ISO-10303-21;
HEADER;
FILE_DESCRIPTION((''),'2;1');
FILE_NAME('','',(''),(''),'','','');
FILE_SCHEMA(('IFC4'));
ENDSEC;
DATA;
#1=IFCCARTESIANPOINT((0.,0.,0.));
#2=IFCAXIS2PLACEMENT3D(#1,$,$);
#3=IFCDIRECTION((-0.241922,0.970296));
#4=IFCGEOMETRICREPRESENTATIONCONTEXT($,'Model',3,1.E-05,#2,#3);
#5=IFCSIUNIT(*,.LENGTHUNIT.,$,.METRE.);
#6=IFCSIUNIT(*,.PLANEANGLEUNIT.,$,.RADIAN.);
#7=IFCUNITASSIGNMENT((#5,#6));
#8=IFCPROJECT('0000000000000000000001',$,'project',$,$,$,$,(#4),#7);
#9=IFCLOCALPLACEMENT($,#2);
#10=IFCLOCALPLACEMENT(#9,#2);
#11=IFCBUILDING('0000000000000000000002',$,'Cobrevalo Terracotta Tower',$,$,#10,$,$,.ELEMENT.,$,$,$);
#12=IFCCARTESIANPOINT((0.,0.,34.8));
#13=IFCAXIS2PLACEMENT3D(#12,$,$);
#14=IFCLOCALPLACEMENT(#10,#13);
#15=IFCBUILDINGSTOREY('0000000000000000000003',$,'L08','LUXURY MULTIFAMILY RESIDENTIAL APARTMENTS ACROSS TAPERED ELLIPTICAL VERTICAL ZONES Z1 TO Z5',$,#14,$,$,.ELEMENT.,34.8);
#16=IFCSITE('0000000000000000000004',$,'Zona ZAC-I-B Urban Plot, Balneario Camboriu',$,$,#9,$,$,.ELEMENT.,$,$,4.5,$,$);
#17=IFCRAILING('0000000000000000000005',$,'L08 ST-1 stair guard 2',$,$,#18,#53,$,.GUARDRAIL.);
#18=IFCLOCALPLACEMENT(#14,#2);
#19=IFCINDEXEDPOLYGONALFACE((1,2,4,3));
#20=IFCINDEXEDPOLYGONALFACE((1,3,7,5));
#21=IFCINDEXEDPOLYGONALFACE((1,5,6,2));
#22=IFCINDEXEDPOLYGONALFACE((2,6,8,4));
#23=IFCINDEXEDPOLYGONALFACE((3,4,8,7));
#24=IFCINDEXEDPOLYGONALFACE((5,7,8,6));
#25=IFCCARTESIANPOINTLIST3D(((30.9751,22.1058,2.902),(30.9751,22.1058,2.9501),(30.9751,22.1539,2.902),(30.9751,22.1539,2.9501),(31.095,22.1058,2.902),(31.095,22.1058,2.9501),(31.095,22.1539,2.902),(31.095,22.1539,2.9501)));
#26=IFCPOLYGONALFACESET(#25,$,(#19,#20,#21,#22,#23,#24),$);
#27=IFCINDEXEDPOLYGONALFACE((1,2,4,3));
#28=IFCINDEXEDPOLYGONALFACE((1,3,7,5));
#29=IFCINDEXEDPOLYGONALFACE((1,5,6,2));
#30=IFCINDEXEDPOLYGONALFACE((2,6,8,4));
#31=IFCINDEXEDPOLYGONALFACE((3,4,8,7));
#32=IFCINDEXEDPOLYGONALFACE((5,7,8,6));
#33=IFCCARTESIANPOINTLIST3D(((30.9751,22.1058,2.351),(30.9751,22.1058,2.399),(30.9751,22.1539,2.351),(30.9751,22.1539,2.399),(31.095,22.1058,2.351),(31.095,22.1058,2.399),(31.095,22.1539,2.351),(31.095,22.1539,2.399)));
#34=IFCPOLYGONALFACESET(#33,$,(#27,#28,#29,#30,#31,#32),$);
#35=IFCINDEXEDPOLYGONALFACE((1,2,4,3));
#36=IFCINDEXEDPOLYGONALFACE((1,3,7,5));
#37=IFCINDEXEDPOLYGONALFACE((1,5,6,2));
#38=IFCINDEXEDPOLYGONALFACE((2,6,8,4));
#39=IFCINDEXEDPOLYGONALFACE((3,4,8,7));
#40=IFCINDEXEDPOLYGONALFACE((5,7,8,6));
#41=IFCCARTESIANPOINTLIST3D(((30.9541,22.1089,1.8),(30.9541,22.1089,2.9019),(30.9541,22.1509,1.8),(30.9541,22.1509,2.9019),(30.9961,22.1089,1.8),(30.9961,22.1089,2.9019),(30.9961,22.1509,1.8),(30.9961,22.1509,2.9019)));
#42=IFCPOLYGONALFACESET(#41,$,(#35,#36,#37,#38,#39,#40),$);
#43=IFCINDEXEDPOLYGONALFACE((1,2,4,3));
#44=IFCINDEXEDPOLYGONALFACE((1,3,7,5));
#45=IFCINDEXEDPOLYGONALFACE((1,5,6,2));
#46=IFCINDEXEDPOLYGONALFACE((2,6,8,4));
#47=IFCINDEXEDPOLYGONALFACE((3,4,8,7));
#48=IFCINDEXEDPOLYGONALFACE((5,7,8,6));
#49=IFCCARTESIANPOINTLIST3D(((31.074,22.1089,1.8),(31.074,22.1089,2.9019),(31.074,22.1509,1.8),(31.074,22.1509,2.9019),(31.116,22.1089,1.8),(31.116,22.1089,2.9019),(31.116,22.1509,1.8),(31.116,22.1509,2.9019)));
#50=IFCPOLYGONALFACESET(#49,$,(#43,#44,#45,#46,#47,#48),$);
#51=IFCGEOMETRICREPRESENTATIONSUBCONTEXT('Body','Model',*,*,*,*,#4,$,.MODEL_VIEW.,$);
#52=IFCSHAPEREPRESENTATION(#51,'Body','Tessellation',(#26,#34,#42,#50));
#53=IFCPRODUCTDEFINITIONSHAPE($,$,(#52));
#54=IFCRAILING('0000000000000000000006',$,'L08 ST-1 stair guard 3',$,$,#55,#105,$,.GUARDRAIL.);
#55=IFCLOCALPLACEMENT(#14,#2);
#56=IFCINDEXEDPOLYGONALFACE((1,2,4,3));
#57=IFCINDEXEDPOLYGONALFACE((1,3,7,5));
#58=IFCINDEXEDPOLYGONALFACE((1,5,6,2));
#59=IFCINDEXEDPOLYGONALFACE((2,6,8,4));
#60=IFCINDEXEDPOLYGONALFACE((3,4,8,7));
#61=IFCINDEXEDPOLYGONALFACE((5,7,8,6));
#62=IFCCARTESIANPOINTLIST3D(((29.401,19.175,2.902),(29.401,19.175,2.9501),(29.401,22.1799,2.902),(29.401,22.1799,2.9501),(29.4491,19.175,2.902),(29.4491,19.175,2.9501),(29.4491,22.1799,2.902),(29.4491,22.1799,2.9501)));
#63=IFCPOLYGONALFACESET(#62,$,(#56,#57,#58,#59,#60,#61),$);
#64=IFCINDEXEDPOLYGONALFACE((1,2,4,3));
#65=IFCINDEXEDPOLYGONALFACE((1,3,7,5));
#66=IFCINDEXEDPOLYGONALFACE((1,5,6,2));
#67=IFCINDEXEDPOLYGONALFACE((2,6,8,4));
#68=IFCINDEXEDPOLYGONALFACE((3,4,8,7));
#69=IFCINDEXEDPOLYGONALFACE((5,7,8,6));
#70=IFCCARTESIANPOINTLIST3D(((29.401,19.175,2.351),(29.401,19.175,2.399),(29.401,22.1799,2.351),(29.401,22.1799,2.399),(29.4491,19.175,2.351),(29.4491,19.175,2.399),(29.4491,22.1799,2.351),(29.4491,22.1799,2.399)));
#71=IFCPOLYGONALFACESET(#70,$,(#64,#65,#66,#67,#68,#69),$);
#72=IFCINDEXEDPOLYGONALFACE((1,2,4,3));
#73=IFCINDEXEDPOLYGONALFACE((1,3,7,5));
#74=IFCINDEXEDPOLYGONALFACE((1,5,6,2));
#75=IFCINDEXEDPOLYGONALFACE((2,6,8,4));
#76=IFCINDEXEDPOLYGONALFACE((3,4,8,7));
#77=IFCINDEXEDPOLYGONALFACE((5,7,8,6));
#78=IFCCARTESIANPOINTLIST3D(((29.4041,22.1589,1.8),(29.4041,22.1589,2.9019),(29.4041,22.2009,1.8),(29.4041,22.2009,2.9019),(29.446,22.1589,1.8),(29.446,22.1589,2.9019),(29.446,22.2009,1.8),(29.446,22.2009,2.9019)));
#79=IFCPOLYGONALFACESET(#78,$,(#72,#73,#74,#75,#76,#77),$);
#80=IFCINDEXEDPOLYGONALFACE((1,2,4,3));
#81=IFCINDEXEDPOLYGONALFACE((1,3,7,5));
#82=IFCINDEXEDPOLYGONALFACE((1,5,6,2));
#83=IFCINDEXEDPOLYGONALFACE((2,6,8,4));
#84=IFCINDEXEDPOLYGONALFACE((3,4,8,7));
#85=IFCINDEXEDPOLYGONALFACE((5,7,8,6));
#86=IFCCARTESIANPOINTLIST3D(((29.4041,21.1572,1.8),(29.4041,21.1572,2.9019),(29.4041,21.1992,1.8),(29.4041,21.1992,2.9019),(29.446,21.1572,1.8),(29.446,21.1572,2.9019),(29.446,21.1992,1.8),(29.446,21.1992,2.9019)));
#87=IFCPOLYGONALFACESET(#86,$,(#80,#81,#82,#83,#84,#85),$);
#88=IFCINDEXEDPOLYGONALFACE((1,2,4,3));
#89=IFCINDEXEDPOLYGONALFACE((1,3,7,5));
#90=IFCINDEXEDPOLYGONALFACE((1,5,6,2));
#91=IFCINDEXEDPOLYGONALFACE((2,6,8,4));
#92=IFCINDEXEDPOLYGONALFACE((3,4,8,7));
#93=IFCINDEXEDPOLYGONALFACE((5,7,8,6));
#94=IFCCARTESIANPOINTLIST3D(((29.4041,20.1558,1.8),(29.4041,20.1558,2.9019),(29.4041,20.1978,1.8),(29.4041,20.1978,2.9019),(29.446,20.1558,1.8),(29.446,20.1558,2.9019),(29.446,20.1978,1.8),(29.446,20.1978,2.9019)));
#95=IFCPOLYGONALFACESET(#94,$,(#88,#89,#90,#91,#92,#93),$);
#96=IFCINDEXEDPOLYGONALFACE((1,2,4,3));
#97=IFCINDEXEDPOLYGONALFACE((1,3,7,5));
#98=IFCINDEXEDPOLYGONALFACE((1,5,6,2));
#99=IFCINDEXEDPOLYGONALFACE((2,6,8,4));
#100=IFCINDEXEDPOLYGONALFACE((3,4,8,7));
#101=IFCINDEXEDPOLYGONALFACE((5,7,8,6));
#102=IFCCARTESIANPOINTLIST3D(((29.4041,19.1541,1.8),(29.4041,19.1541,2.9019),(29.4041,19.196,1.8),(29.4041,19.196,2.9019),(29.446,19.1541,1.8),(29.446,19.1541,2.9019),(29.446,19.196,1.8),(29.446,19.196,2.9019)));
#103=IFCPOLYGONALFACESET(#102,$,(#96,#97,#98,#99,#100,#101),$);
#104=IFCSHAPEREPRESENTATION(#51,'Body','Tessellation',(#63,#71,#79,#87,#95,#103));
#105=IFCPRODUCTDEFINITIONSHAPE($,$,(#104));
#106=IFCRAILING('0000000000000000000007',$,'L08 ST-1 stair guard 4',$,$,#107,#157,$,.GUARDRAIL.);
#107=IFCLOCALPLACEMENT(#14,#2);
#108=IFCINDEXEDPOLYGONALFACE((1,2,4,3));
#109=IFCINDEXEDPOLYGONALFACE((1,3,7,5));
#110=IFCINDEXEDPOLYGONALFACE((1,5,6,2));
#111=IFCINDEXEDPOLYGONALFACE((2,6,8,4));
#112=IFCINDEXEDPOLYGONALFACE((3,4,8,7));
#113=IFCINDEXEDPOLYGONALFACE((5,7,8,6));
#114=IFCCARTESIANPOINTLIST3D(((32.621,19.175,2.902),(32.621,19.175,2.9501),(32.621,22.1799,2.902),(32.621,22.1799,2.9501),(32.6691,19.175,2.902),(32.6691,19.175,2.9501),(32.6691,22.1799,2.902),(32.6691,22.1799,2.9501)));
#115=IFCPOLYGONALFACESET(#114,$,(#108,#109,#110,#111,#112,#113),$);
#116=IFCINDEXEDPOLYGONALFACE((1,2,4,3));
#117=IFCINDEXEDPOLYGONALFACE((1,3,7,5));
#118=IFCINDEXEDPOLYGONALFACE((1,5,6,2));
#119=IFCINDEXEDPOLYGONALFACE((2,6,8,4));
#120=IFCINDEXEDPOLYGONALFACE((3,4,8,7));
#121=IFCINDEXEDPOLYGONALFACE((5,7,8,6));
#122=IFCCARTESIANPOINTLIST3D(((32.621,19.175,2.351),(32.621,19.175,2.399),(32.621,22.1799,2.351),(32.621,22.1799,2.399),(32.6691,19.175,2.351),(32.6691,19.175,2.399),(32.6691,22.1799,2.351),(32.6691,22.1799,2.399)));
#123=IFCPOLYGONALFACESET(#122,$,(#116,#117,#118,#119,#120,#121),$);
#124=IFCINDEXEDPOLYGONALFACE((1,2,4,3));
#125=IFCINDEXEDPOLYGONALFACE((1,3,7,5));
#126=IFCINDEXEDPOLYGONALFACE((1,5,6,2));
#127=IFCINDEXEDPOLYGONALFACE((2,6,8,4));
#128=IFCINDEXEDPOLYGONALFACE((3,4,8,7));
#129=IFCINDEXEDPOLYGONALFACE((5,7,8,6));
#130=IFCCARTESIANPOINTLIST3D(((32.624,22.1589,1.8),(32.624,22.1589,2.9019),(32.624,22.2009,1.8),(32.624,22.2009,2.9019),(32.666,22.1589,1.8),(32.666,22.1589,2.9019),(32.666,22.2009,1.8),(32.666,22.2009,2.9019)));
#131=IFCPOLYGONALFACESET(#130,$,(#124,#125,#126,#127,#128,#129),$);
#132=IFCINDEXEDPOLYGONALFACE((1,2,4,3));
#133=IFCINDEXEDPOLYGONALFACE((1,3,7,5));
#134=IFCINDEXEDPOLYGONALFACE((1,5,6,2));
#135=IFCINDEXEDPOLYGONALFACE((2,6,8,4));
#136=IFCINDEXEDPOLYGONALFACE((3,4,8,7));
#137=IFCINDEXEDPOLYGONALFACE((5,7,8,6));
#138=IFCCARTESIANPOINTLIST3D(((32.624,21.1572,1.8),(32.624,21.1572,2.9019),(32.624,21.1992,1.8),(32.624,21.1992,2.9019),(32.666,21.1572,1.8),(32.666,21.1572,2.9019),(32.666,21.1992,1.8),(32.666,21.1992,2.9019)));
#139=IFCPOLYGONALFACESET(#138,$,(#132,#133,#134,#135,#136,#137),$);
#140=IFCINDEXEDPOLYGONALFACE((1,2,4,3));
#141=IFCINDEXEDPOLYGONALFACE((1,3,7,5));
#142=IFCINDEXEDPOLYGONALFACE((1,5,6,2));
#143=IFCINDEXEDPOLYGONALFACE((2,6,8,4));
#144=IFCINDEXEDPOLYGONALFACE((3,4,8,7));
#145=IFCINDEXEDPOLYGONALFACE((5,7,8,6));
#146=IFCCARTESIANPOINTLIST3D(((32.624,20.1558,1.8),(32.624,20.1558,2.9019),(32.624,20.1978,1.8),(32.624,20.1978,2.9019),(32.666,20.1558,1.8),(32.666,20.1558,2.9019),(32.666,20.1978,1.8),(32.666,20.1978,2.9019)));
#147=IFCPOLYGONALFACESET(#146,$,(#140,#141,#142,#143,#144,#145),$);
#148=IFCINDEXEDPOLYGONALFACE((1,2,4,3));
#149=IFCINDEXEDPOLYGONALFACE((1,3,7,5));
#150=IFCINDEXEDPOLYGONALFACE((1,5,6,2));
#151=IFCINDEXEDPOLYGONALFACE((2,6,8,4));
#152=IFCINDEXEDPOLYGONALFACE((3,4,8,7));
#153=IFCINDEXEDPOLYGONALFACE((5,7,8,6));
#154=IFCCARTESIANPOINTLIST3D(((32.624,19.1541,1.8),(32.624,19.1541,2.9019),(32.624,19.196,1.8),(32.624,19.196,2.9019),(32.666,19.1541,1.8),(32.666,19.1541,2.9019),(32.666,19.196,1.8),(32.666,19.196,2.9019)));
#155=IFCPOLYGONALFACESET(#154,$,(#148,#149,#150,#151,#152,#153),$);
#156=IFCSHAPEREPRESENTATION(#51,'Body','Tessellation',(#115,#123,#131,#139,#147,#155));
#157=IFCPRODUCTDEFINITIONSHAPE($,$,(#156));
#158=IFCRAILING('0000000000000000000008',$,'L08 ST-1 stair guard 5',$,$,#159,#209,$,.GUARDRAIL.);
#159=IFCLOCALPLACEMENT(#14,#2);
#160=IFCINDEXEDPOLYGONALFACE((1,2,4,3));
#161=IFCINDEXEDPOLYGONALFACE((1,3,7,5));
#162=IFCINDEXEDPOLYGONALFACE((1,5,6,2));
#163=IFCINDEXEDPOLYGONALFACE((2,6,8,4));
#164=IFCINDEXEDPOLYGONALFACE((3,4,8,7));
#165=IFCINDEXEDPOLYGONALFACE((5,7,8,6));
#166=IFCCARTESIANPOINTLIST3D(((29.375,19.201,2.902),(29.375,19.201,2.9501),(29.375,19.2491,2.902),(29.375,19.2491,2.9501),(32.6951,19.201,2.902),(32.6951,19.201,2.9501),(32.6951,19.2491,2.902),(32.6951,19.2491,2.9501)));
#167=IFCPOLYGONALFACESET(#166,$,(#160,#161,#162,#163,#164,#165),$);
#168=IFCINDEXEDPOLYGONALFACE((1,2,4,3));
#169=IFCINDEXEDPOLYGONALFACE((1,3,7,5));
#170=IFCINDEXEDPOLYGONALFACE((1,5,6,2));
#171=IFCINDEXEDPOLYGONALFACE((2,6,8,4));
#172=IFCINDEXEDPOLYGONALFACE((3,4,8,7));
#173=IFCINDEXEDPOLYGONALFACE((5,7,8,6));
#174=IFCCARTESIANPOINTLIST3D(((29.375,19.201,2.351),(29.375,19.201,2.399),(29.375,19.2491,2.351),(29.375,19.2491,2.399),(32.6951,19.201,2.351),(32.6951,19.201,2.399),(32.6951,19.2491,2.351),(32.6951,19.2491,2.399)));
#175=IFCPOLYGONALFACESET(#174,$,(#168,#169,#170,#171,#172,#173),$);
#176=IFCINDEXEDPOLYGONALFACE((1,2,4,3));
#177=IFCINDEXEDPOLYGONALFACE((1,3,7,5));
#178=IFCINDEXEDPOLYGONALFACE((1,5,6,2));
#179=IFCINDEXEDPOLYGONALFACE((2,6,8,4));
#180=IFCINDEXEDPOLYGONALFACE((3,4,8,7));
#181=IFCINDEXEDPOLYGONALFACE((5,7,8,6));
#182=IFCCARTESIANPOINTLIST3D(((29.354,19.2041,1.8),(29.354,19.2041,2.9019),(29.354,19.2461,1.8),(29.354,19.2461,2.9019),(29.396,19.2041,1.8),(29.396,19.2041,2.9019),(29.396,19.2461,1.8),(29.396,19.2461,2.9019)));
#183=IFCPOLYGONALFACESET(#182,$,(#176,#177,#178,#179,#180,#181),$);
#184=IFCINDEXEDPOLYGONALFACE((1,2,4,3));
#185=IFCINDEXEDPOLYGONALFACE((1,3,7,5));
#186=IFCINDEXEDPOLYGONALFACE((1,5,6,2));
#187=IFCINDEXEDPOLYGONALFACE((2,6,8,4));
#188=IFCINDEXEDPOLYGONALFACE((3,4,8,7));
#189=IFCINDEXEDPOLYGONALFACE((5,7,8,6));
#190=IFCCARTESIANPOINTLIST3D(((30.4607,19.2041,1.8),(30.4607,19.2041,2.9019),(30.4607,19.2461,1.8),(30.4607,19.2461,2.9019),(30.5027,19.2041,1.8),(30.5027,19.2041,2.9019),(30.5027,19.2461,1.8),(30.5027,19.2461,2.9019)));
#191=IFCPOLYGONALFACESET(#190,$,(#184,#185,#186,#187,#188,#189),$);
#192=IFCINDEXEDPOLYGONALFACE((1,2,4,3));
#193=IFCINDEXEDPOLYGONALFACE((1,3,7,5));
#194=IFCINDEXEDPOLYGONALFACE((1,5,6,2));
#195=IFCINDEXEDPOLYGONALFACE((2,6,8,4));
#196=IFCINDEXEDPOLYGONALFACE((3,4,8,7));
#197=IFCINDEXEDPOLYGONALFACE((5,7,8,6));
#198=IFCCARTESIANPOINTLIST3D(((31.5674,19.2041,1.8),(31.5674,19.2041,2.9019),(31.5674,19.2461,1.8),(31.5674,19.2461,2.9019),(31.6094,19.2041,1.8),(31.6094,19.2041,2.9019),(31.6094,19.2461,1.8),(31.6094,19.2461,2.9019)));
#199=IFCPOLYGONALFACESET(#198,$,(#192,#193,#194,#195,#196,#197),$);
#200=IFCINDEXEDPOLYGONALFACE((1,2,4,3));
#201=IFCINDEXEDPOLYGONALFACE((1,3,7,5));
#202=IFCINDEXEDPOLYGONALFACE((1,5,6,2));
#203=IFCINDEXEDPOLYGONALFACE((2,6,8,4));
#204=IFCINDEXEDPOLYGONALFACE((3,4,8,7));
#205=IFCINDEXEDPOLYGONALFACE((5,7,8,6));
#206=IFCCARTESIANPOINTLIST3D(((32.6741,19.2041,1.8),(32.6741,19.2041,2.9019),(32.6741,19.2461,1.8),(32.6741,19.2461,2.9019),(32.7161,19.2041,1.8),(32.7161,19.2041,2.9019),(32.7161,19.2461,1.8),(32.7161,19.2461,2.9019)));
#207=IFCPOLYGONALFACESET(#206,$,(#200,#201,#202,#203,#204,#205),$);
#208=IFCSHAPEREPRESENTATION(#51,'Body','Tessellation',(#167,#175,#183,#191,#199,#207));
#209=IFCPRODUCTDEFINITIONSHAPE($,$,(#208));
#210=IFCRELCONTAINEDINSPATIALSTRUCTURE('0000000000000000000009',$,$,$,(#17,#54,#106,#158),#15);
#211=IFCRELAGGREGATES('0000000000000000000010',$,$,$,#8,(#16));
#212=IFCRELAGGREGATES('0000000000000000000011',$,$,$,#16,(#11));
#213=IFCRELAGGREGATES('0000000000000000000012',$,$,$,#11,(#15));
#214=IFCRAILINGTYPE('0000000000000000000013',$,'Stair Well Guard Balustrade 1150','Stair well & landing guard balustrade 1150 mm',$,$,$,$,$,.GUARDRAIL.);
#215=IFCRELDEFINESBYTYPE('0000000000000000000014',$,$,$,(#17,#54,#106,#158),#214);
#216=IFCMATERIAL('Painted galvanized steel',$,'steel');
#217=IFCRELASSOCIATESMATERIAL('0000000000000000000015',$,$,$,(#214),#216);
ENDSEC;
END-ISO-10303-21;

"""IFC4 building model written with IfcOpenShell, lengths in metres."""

from ifc_helpers import new_model, si_unit, direction, frame, origin, origin_2d, place, context, subcontext, project, spatial, rectangle, extrude, material, type_object, element, save


model = new_model("IFC4")

# Units and contexts
model_context = context("Model", 3, precision=1e-05, world=origin(), true_north=direction((-0.241922, 0.970296)))
body_context = subcontext(model_context, "Body", "Model", "MODEL_VIEW")
ifc_project = project(units=[si_unit("LENGTHUNIT", "METRE"), si_unit("PLANEANGLEUNIT", "RADIAN")], contexts=[model_context])

# Site, building, storey
site_placement = place(None, origin())
site = spatial("IfcSite", under=ifc_project, at=site_placement, Name="Zona ZAC-I-B Urban Plot, Balneario Camboriu", CompositionType="ELEMENT", RefElevation=4.5)
building_placement = place(site_placement, origin())
building = spatial("IfcBuilding", under=site, at=building_placement, Name="Cobrevalo Terracotta Tower", CompositionType="ELEMENT")
storey_placement = place(building_placement, frame((0.0, 0.0, 34.8)))
storey = spatial("IfcBuildingStorey", under=building, at=storey_placement, Name="L08", Description="LUXURY MULTIFAMILY RESIDENTIAL APARTMENTS ACROSS TAPERED ELLIPTICAL VERTICAL ZONES Z1 TO Z5", CompositionType="ELEMENT", Elevation=34.8)

# Railings
ifc_material_1 = material(Name="Painted galvanized steel", Category="steel")
railing_type_1 = type_object("IfcRailingType", Name="Stair Well Guard Balustrade 1150", Description="Stair well & landing guard balustrade 1150 mm", PredefinedType="GUARDRAIL", material=ifc_material_1)
railing_1_placement = place(storey_placement, frame((30.9751, 22.1299, 1.8)))
element("IfcRailing", 1, at=railing_1_placement, inside=storey, type_object=railing_type_1, Name="L08 ST-1 stair guard 2", PredefinedType="GUARDRAIL", context=body_context, shape_type="SweptSolid", body=[
    extrude(rectangle(XDim=0.0481, YDim=0.0481, at=origin_2d()), frame((0.0, 0.0, 1.126), z_axis=(1.0, 0.0, 0.0), x_axis=(0.0, 1.0, 0.0)), (0.0, 0.0, 1.0), 0.1199),
    extrude(rectangle(XDim=0.0481, YDim=0.0481, at=origin_2d()), frame((0.0, 0.0, 0.575), z_axis=(1.0, 0.0, 0.0), x_axis=(0.0, 1.0, 0.0)), (0.0, 0.0, 1.0), 0.1199),
    extrude(rectangle(XDim=0.042, YDim=0.042, at=origin_2d()), origin(), (0.0, 0.0, 1.0), 1.1018),
    extrude(rectangle(XDim=0.042, YDim=0.042, at=origin_2d()), frame((0.1199, 0.0, 0.0)), (0.0, 0.0, 1.0), 1.1018),
])
for number, where, name in (
    (2, (29.425, 22.1799, 1.8), "L08 ST-1 stair guard 3"),
    (3, (32.645, 22.1799, 1.8), "L08 ST-1 stair guard 4"),
):
    element("IfcRailing", number, at=place(storey_placement, frame(where)), inside=storey, type_object=railing_type_1, Name=name, PredefinedType="GUARDRAIL", context=body_context, shape_type="SweptSolid", body=[
        extrude(rectangle(XDim=0.0481, YDim=0.0481, at=origin_2d()), frame((0.0, 0.0, 1.126), z_axis=(0.0, -1.0, 0.0), x_axis=(1.0, 0.0, 0.0)), (0.0, 0.0, 1.0), 3.0049),
        extrude(rectangle(XDim=0.0481, YDim=0.0481, at=origin_2d()), frame((0.0, 0.0, 0.575), z_axis=(0.0, -1.0, 0.0), x_axis=(1.0, 0.0, 0.0)), (0.0, 0.0, 1.0), 3.0049),
        extrude(rectangle(XDim=0.042, YDim=0.042, at=origin_2d()), origin(), (0.0, 0.0, 1.0), 1.1018),
        extrude(rectangle(XDim=0.042, YDim=0.042, at=origin_2d()), frame((0.0, -1.0017, 0.0)), (0.0, 0.0, 1.0), 1.1018),
        extrude(rectangle(XDim=0.042, YDim=0.042, at=origin_2d()), frame((0.0, -2.0032, 0.0)), (0.0, 0.0, 1.0), 1.1018),
        extrude(rectangle(XDim=0.042, YDim=0.042, at=origin_2d()), frame((0.0, -3.0049, 0.0)), (0.0, 0.0, 1.0), 1.1018),
    ])
railing_2_placement = place(storey_placement, frame((29.375, 19.2251, 1.8)))
element("IfcRailing", 4, at=railing_2_placement, inside=storey, type_object=railing_type_1, Name="L08 ST-1 stair guard 5", PredefinedType="GUARDRAIL", context=body_context, shape_type="SweptSolid", body=[
    extrude(rectangle(XDim=0.0481, YDim=0.0481, at=origin_2d()), frame((0.0, 0.0, 1.126), z_axis=(1.0, 0.0, 0.0), x_axis=(0.0, 1.0, 0.0)), (0.0, 0.0, 1.0), 3.3201),
    extrude(rectangle(XDim=0.0481, YDim=0.0481, at=origin_2d()), frame((0.0, 0.0, 0.575), z_axis=(1.0, 0.0, 0.0), x_axis=(0.0, 1.0, 0.0)), (0.0, 0.0, 1.0), 3.3201),
    extrude(rectangle(XDim=0.042, YDim=0.042, at=origin_2d()), origin(), (0.0, 0.0, 1.0), 1.1018),
    extrude(rectangle(XDim=0.042, YDim=0.042, at=origin_2d()), frame((1.1067, 0.0, 0.0)), (0.0, 0.0, 1.0), 1.1018),
    extrude(rectangle(XDim=0.042, YDim=0.042, at=origin_2d()), frame((2.2134, 0.0, 0.0)), (0.0, 0.0, 1.0), 1.1018),
    extrude(rectangle(XDim=0.042, YDim=0.042, at=origin_2d()), frame((3.3201, 0.0, 0.0)), (0.0, 0.0, 1.0), 1.1018),
])

save(model, "model.ifc")
